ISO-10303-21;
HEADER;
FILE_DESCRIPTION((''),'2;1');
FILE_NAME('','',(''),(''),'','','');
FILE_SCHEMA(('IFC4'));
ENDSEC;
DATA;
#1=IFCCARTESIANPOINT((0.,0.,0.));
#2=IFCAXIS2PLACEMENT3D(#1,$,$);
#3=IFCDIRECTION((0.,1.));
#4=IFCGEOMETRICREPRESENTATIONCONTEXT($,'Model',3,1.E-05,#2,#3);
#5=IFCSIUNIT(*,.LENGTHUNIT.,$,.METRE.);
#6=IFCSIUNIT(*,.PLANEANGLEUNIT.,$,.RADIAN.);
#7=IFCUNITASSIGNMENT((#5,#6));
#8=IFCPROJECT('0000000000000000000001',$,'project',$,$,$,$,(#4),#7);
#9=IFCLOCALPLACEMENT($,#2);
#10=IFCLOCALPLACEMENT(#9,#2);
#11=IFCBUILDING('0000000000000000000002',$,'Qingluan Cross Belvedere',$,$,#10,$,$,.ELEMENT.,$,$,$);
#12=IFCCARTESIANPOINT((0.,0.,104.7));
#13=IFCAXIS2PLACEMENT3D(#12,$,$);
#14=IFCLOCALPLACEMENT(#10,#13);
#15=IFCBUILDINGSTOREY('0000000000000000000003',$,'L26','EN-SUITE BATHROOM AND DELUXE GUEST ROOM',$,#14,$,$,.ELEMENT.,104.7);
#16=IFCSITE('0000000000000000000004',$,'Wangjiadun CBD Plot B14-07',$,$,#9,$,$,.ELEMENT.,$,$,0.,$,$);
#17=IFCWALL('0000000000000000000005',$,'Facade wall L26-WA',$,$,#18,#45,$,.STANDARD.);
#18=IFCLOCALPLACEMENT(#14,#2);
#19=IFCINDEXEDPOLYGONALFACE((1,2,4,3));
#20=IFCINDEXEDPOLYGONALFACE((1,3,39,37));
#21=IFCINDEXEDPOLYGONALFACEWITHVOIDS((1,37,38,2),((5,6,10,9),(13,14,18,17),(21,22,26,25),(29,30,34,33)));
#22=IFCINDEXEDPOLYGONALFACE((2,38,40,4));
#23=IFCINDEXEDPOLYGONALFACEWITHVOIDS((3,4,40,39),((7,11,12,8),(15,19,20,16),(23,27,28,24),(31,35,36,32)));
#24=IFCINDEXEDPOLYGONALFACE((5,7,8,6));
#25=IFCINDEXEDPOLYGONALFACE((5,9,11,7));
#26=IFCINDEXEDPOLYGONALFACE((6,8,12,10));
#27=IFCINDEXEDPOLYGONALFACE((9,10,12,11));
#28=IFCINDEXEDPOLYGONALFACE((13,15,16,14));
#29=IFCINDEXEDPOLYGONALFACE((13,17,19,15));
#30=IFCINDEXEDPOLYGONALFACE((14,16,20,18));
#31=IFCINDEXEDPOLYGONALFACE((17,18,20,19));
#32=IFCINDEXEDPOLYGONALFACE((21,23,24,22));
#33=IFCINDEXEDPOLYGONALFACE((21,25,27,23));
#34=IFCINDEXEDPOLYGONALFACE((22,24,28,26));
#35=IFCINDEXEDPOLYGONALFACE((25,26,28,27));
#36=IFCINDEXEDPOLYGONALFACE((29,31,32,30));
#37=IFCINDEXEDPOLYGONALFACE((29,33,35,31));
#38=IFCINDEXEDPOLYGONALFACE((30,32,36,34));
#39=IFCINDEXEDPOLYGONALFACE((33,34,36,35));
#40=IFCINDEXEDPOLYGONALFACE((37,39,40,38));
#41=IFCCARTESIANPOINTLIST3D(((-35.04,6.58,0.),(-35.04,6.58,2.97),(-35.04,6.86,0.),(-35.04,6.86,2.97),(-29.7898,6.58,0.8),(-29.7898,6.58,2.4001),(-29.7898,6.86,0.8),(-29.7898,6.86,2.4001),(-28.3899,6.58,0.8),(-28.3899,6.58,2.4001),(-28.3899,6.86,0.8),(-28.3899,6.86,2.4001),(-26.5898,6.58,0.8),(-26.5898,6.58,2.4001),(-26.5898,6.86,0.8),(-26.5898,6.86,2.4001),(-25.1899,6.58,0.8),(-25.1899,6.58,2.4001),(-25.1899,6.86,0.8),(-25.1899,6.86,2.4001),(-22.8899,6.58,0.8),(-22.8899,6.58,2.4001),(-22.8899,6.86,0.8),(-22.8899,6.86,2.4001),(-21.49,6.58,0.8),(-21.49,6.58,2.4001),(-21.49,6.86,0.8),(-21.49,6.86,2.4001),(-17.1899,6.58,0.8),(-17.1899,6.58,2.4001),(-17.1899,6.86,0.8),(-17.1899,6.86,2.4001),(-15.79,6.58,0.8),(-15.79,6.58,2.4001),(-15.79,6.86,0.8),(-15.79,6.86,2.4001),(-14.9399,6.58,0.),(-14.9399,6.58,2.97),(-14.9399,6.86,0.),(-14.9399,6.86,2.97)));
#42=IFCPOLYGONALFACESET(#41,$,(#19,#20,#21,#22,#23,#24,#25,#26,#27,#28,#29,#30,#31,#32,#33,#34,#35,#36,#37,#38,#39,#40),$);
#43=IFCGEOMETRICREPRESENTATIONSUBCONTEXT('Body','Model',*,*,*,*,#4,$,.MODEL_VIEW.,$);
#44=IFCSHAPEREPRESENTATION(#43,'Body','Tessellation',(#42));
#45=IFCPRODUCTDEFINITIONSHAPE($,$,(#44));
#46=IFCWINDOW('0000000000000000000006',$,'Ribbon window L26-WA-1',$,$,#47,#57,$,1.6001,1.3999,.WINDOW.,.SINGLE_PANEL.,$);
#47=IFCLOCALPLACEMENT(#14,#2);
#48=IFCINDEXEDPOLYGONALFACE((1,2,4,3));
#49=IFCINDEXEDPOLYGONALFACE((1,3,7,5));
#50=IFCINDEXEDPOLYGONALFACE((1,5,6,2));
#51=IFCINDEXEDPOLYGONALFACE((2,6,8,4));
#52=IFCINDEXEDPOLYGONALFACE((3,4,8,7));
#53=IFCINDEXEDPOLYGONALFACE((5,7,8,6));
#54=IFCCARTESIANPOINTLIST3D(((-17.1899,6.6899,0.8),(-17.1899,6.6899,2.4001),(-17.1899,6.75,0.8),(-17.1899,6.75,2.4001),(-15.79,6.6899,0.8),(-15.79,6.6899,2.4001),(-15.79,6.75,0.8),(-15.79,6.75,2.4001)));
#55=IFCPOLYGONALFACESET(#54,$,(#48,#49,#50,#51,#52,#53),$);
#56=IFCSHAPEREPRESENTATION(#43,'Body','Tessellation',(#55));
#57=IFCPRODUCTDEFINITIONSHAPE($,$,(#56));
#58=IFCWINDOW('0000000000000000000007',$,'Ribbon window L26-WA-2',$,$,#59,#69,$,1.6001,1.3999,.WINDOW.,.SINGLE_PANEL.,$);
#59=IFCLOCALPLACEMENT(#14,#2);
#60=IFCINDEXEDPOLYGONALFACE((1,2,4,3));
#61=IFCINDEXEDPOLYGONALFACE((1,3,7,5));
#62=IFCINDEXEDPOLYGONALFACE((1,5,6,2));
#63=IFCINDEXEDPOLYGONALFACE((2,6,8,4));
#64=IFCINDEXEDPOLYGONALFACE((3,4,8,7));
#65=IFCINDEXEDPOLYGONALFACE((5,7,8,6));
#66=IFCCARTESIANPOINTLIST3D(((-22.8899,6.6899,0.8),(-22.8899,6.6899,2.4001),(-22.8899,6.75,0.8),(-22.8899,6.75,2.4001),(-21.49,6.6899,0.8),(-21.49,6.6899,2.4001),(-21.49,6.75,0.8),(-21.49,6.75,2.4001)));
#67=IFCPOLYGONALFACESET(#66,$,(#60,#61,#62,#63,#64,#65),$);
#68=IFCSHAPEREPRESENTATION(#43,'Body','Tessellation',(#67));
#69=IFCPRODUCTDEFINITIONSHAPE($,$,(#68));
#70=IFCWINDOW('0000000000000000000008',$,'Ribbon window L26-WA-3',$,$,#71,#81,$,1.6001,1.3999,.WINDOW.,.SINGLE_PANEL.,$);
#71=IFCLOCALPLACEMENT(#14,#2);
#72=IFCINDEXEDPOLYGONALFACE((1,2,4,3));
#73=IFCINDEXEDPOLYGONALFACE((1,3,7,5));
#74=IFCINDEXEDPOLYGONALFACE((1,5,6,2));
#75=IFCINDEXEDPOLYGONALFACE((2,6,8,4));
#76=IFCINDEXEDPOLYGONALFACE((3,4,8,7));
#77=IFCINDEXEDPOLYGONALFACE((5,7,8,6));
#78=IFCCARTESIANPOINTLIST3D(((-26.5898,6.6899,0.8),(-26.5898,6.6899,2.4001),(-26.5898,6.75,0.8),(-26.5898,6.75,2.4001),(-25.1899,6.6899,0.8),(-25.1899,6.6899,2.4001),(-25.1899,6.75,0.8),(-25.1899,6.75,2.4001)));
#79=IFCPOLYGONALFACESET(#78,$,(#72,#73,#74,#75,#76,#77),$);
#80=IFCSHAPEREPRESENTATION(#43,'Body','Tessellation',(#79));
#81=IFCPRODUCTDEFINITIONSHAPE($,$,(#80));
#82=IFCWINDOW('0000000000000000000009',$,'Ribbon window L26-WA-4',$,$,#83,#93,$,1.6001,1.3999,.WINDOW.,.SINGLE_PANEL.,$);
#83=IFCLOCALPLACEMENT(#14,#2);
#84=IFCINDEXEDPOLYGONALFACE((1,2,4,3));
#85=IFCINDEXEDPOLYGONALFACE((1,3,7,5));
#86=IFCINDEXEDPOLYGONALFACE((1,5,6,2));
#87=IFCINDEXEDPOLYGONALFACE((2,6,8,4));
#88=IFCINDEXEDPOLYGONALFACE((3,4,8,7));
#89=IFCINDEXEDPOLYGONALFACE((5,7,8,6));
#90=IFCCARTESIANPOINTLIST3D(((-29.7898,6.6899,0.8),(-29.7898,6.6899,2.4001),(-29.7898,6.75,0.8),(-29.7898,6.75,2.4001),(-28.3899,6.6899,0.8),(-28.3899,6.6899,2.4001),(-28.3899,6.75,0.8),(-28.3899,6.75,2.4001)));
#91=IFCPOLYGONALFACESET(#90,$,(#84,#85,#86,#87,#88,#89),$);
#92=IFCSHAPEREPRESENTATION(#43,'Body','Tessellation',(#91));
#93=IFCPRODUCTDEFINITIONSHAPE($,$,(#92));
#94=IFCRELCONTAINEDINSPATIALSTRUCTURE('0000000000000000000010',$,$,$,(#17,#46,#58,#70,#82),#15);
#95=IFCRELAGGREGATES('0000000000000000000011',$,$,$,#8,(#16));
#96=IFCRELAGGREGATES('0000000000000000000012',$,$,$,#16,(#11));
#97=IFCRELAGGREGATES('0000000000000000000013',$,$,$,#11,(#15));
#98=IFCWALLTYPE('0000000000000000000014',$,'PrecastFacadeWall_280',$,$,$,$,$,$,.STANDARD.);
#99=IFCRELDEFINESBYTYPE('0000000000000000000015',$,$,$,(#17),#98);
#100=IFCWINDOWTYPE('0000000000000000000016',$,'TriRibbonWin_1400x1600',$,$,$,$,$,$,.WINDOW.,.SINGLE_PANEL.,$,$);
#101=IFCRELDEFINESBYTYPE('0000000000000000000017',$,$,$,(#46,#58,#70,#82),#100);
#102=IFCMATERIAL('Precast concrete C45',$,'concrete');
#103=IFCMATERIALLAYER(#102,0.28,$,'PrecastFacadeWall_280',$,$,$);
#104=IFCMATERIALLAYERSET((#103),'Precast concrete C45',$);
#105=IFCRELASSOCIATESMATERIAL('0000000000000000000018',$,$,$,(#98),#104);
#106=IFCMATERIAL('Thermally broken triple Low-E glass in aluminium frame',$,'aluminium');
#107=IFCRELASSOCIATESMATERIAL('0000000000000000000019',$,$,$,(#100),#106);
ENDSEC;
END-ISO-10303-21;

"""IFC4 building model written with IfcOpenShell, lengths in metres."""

from ifc_helpers import new_model, si_unit, direction, frame, frame_2d, origin, place, context, subcontext, project, spatial, rectangle, extrude, material, layer, layer_set, type_object, element, fill, save


model = new_model("IFC4")

# Units and contexts
model_context = context("Model", 3, precision=1e-05, world=origin(), true_north=direction((0.0, 1.0)))
body_context = subcontext(model_context, "Body", "Model", "MODEL_VIEW")
ifc_project = project(units=[si_unit("LENGTHUNIT", "METRE"), si_unit("PLANEANGLEUNIT", "RADIAN")], contexts=[model_context])

# Site, building, storey
site_placement = place(None, origin())
site = spatial("IfcSite", under=ifc_project, at=site_placement, Name="Wangjiadun CBD Plot B14-07", CompositionType="ELEMENT", RefElevation=0.0)
building_placement = place(site_placement, origin())
building = spatial("IfcBuilding", under=site, at=building_placement, Name="Qingluan Cross Belvedere", CompositionType="ELEMENT")
storey_placement = place(building_placement, frame((0.0, 0.0, 104.7)))
storey = spatial("IfcBuildingStorey", under=building, at=storey_placement, Name="L26", Description="EN-SUITE BATHROOM AND DELUXE GUEST ROOM", CompositionType="ELEMENT", Elevation=104.7)

# Wall, openings, windows
ifc_material_1 = material(Name="Precast concrete C45", Category="concrete")
ifc_layer_1 = layer(ifc_material_1, 0.28, Name="PrecastFacadeWall_280")
ifc_layer_set_1 = layer_set([ifc_layer_1], Name="Precast concrete C45")
wall_type_1 = type_object("IfcWallType", Name="PrecastFacadeWall_280", PredefinedType="STANDARD", material=ifc_layer_set_1)
wall_1_placement = place(storey_placement, frame((-14.9399, 6.72, 0.0), z_axis=(0.0, 0.0, 1.0), x_axis=(-1.0, 0.0, 0.0)))
wall_1 = element("IfcWall", 1, at=wall_1_placement, inside=storey, type_object=wall_type_1, Name="Facade wall L26-WA", PredefinedType="STANDARD", context=body_context, shape_type="SweptSolid", body=[
    extrude(rectangle(XDim=20.1001, YDim=0.28, at=frame_2d((10.05, 0.0))), origin(), (0.0, 0.0, 1.0), 2.97),
])
opening_1_placement = place(wall_1_placement, frame((0.8501, 0.0, 0.8)))
opening_1 = element("IfcOpeningElement", 2, at=opening_1_placement, cuts=wall_1, PredefinedType="OPENING", context=body_context, shape_type="SweptSolid", body=[
    extrude(rectangle(XDim=1.3999, YDim=1.6001, at=frame_2d((0.7, 0.8))), frame((0.0, 0.1499, 0.0), z_axis=(0.0, -1.0, 0.0), x_axis=(1.0, 0.0, 0.0)), (0.0, 0.0, 1.0), 0.3),
])
opening_2_placement = place(wall_1_placement, frame((6.55, 0.0, 0.8)))
opening_2 = element("IfcOpeningElement", 3, at=opening_2_placement, cuts=wall_1, PredefinedType="OPENING", context=body_context, shape_type="SweptSolid", body=[
    extrude(rectangle(XDim=1.3999, YDim=1.6001, at=frame_2d((0.7, 0.8))), frame((0.0, 0.1499, 0.0), z_axis=(0.0, -1.0, 0.0), x_axis=(1.0, 0.0, 0.0)), (0.0, 0.0, 1.0), 0.3),
])
opening_3_placement = place(wall_1_placement, frame((10.25, 0.0, 0.8)))
opening_3 = element("IfcOpeningElement", 4, at=opening_3_placement, cuts=wall_1, PredefinedType="OPENING", context=body_context, shape_type="SweptSolid", body=[
    extrude(rectangle(XDim=1.3999, YDim=1.6001, at=frame_2d((0.7, 0.8))), frame((0.0, 0.1499, 0.0), z_axis=(0.0, -1.0, 0.0), x_axis=(1.0, 0.0, 0.0)), (0.0, 0.0, 1.0), 0.3),
])
opening_4_placement = place(wall_1_placement, frame((13.45, 0.0, 0.8)))
opening_4 = element("IfcOpeningElement", 5, at=opening_4_placement, cuts=wall_1, PredefinedType="OPENING", context=body_context, shape_type="SweptSolid", body=[
    extrude(rectangle(XDim=1.3999, YDim=1.6001, at=frame_2d((0.7, 0.8))), frame((0.0, 0.1499, 0.0), z_axis=(0.0, -1.0, 0.0), x_axis=(1.0, 0.0, 0.0)), (0.0, 0.0, 1.0), 0.3),
])
ifc_material_2 = material(Name="Thermally broken triple Low-E glass in aluminium frame", Category="aluminium")
window_type = type_object("IfcWindowType", Name="TriRibbonWin_1400x1600", PartitioningType="SINGLE_PANEL", PredefinedType="WINDOW", material=ifc_material_2)
window_1_placement = place(opening_1_placement, origin())
window_1 = element("IfcWindow", 6, at=window_1_placement, inside=storey, type_object=window_type, Name="Ribbon window L26-WA-1", OverallHeight=1.6001, OverallWidth=1.3999, PartitioningType="SINGLE_PANEL", PredefinedType="WINDOW", context=body_context, shape_type="SweptSolid", body=[
    extrude(rectangle(XDim=1.3999, YDim=1.6001, at=frame_2d((0.7, 0.8))), frame((0.0, 0.03, 0.0), z_axis=(0.0, -1.0, 0.0), x_axis=(1.0, 0.0, 0.0)), (0.0, 0.0, 1.0), 0.0601),
])
fill(opening_1, window_1)
window_2_placement = place(opening_2_placement, origin())
window_2 = element("IfcWindow", 7, at=window_2_placement, inside=storey, type_object=window_type, Name="Ribbon window L26-WA-2", OverallHeight=1.6001, OverallWidth=1.3999, PartitioningType="SINGLE_PANEL", PredefinedType="WINDOW", context=body_context, shape_type="SweptSolid", body=[
    extrude(rectangle(XDim=1.3999, YDim=1.6001, at=frame_2d((0.7, 0.8))), frame((0.0, 0.03, 0.0), z_axis=(0.0, -1.0, 0.0), x_axis=(1.0, 0.0, 0.0)), (0.0, 0.0, 1.0), 0.0601),
])
fill(opening_2, window_2)
window_3_placement = place(opening_3_placement, origin())
window_3 = element("IfcWindow", 8, at=window_3_placement, inside=storey, type_object=window_type, Name="Ribbon window L26-WA-3", OverallHeight=1.6001, OverallWidth=1.3999, PartitioningType="SINGLE_PANEL", PredefinedType="WINDOW", context=body_context, shape_type="SweptSolid", body=[
    extrude(rectangle(XDim=1.3999, YDim=1.6001, at=frame_2d((0.7, 0.8))), frame((0.0, 0.03, 0.0), z_axis=(0.0, -1.0, 0.0), x_axis=(1.0, 0.0, 0.0)), (0.0, 0.0, 1.0), 0.0601),
])
fill(opening_3, window_3)
window_4_placement = place(opening_4_placement, origin())
window_4 = element("IfcWindow", 9, at=window_4_placement, inside=storey, type_object=window_type, Name="Ribbon window L26-WA-4", OverallHeight=1.6001, OverallWidth=1.3999, PartitioningType="SINGLE_PANEL", PredefinedType="WINDOW", context=body_context, shape_type="SweptSolid", body=[
    extrude(rectangle(XDim=1.3999, YDim=1.6001, at=frame_2d((0.7, 0.8))), frame((0.0, 0.03, 0.0), z_axis=(0.0, -1.0, 0.0), x_axis=(1.0, 0.0, 0.0)), (0.0, 0.0, 1.0), 0.0601),
])
fill(opening_4, window_4)

save(model, "model.ifc")
